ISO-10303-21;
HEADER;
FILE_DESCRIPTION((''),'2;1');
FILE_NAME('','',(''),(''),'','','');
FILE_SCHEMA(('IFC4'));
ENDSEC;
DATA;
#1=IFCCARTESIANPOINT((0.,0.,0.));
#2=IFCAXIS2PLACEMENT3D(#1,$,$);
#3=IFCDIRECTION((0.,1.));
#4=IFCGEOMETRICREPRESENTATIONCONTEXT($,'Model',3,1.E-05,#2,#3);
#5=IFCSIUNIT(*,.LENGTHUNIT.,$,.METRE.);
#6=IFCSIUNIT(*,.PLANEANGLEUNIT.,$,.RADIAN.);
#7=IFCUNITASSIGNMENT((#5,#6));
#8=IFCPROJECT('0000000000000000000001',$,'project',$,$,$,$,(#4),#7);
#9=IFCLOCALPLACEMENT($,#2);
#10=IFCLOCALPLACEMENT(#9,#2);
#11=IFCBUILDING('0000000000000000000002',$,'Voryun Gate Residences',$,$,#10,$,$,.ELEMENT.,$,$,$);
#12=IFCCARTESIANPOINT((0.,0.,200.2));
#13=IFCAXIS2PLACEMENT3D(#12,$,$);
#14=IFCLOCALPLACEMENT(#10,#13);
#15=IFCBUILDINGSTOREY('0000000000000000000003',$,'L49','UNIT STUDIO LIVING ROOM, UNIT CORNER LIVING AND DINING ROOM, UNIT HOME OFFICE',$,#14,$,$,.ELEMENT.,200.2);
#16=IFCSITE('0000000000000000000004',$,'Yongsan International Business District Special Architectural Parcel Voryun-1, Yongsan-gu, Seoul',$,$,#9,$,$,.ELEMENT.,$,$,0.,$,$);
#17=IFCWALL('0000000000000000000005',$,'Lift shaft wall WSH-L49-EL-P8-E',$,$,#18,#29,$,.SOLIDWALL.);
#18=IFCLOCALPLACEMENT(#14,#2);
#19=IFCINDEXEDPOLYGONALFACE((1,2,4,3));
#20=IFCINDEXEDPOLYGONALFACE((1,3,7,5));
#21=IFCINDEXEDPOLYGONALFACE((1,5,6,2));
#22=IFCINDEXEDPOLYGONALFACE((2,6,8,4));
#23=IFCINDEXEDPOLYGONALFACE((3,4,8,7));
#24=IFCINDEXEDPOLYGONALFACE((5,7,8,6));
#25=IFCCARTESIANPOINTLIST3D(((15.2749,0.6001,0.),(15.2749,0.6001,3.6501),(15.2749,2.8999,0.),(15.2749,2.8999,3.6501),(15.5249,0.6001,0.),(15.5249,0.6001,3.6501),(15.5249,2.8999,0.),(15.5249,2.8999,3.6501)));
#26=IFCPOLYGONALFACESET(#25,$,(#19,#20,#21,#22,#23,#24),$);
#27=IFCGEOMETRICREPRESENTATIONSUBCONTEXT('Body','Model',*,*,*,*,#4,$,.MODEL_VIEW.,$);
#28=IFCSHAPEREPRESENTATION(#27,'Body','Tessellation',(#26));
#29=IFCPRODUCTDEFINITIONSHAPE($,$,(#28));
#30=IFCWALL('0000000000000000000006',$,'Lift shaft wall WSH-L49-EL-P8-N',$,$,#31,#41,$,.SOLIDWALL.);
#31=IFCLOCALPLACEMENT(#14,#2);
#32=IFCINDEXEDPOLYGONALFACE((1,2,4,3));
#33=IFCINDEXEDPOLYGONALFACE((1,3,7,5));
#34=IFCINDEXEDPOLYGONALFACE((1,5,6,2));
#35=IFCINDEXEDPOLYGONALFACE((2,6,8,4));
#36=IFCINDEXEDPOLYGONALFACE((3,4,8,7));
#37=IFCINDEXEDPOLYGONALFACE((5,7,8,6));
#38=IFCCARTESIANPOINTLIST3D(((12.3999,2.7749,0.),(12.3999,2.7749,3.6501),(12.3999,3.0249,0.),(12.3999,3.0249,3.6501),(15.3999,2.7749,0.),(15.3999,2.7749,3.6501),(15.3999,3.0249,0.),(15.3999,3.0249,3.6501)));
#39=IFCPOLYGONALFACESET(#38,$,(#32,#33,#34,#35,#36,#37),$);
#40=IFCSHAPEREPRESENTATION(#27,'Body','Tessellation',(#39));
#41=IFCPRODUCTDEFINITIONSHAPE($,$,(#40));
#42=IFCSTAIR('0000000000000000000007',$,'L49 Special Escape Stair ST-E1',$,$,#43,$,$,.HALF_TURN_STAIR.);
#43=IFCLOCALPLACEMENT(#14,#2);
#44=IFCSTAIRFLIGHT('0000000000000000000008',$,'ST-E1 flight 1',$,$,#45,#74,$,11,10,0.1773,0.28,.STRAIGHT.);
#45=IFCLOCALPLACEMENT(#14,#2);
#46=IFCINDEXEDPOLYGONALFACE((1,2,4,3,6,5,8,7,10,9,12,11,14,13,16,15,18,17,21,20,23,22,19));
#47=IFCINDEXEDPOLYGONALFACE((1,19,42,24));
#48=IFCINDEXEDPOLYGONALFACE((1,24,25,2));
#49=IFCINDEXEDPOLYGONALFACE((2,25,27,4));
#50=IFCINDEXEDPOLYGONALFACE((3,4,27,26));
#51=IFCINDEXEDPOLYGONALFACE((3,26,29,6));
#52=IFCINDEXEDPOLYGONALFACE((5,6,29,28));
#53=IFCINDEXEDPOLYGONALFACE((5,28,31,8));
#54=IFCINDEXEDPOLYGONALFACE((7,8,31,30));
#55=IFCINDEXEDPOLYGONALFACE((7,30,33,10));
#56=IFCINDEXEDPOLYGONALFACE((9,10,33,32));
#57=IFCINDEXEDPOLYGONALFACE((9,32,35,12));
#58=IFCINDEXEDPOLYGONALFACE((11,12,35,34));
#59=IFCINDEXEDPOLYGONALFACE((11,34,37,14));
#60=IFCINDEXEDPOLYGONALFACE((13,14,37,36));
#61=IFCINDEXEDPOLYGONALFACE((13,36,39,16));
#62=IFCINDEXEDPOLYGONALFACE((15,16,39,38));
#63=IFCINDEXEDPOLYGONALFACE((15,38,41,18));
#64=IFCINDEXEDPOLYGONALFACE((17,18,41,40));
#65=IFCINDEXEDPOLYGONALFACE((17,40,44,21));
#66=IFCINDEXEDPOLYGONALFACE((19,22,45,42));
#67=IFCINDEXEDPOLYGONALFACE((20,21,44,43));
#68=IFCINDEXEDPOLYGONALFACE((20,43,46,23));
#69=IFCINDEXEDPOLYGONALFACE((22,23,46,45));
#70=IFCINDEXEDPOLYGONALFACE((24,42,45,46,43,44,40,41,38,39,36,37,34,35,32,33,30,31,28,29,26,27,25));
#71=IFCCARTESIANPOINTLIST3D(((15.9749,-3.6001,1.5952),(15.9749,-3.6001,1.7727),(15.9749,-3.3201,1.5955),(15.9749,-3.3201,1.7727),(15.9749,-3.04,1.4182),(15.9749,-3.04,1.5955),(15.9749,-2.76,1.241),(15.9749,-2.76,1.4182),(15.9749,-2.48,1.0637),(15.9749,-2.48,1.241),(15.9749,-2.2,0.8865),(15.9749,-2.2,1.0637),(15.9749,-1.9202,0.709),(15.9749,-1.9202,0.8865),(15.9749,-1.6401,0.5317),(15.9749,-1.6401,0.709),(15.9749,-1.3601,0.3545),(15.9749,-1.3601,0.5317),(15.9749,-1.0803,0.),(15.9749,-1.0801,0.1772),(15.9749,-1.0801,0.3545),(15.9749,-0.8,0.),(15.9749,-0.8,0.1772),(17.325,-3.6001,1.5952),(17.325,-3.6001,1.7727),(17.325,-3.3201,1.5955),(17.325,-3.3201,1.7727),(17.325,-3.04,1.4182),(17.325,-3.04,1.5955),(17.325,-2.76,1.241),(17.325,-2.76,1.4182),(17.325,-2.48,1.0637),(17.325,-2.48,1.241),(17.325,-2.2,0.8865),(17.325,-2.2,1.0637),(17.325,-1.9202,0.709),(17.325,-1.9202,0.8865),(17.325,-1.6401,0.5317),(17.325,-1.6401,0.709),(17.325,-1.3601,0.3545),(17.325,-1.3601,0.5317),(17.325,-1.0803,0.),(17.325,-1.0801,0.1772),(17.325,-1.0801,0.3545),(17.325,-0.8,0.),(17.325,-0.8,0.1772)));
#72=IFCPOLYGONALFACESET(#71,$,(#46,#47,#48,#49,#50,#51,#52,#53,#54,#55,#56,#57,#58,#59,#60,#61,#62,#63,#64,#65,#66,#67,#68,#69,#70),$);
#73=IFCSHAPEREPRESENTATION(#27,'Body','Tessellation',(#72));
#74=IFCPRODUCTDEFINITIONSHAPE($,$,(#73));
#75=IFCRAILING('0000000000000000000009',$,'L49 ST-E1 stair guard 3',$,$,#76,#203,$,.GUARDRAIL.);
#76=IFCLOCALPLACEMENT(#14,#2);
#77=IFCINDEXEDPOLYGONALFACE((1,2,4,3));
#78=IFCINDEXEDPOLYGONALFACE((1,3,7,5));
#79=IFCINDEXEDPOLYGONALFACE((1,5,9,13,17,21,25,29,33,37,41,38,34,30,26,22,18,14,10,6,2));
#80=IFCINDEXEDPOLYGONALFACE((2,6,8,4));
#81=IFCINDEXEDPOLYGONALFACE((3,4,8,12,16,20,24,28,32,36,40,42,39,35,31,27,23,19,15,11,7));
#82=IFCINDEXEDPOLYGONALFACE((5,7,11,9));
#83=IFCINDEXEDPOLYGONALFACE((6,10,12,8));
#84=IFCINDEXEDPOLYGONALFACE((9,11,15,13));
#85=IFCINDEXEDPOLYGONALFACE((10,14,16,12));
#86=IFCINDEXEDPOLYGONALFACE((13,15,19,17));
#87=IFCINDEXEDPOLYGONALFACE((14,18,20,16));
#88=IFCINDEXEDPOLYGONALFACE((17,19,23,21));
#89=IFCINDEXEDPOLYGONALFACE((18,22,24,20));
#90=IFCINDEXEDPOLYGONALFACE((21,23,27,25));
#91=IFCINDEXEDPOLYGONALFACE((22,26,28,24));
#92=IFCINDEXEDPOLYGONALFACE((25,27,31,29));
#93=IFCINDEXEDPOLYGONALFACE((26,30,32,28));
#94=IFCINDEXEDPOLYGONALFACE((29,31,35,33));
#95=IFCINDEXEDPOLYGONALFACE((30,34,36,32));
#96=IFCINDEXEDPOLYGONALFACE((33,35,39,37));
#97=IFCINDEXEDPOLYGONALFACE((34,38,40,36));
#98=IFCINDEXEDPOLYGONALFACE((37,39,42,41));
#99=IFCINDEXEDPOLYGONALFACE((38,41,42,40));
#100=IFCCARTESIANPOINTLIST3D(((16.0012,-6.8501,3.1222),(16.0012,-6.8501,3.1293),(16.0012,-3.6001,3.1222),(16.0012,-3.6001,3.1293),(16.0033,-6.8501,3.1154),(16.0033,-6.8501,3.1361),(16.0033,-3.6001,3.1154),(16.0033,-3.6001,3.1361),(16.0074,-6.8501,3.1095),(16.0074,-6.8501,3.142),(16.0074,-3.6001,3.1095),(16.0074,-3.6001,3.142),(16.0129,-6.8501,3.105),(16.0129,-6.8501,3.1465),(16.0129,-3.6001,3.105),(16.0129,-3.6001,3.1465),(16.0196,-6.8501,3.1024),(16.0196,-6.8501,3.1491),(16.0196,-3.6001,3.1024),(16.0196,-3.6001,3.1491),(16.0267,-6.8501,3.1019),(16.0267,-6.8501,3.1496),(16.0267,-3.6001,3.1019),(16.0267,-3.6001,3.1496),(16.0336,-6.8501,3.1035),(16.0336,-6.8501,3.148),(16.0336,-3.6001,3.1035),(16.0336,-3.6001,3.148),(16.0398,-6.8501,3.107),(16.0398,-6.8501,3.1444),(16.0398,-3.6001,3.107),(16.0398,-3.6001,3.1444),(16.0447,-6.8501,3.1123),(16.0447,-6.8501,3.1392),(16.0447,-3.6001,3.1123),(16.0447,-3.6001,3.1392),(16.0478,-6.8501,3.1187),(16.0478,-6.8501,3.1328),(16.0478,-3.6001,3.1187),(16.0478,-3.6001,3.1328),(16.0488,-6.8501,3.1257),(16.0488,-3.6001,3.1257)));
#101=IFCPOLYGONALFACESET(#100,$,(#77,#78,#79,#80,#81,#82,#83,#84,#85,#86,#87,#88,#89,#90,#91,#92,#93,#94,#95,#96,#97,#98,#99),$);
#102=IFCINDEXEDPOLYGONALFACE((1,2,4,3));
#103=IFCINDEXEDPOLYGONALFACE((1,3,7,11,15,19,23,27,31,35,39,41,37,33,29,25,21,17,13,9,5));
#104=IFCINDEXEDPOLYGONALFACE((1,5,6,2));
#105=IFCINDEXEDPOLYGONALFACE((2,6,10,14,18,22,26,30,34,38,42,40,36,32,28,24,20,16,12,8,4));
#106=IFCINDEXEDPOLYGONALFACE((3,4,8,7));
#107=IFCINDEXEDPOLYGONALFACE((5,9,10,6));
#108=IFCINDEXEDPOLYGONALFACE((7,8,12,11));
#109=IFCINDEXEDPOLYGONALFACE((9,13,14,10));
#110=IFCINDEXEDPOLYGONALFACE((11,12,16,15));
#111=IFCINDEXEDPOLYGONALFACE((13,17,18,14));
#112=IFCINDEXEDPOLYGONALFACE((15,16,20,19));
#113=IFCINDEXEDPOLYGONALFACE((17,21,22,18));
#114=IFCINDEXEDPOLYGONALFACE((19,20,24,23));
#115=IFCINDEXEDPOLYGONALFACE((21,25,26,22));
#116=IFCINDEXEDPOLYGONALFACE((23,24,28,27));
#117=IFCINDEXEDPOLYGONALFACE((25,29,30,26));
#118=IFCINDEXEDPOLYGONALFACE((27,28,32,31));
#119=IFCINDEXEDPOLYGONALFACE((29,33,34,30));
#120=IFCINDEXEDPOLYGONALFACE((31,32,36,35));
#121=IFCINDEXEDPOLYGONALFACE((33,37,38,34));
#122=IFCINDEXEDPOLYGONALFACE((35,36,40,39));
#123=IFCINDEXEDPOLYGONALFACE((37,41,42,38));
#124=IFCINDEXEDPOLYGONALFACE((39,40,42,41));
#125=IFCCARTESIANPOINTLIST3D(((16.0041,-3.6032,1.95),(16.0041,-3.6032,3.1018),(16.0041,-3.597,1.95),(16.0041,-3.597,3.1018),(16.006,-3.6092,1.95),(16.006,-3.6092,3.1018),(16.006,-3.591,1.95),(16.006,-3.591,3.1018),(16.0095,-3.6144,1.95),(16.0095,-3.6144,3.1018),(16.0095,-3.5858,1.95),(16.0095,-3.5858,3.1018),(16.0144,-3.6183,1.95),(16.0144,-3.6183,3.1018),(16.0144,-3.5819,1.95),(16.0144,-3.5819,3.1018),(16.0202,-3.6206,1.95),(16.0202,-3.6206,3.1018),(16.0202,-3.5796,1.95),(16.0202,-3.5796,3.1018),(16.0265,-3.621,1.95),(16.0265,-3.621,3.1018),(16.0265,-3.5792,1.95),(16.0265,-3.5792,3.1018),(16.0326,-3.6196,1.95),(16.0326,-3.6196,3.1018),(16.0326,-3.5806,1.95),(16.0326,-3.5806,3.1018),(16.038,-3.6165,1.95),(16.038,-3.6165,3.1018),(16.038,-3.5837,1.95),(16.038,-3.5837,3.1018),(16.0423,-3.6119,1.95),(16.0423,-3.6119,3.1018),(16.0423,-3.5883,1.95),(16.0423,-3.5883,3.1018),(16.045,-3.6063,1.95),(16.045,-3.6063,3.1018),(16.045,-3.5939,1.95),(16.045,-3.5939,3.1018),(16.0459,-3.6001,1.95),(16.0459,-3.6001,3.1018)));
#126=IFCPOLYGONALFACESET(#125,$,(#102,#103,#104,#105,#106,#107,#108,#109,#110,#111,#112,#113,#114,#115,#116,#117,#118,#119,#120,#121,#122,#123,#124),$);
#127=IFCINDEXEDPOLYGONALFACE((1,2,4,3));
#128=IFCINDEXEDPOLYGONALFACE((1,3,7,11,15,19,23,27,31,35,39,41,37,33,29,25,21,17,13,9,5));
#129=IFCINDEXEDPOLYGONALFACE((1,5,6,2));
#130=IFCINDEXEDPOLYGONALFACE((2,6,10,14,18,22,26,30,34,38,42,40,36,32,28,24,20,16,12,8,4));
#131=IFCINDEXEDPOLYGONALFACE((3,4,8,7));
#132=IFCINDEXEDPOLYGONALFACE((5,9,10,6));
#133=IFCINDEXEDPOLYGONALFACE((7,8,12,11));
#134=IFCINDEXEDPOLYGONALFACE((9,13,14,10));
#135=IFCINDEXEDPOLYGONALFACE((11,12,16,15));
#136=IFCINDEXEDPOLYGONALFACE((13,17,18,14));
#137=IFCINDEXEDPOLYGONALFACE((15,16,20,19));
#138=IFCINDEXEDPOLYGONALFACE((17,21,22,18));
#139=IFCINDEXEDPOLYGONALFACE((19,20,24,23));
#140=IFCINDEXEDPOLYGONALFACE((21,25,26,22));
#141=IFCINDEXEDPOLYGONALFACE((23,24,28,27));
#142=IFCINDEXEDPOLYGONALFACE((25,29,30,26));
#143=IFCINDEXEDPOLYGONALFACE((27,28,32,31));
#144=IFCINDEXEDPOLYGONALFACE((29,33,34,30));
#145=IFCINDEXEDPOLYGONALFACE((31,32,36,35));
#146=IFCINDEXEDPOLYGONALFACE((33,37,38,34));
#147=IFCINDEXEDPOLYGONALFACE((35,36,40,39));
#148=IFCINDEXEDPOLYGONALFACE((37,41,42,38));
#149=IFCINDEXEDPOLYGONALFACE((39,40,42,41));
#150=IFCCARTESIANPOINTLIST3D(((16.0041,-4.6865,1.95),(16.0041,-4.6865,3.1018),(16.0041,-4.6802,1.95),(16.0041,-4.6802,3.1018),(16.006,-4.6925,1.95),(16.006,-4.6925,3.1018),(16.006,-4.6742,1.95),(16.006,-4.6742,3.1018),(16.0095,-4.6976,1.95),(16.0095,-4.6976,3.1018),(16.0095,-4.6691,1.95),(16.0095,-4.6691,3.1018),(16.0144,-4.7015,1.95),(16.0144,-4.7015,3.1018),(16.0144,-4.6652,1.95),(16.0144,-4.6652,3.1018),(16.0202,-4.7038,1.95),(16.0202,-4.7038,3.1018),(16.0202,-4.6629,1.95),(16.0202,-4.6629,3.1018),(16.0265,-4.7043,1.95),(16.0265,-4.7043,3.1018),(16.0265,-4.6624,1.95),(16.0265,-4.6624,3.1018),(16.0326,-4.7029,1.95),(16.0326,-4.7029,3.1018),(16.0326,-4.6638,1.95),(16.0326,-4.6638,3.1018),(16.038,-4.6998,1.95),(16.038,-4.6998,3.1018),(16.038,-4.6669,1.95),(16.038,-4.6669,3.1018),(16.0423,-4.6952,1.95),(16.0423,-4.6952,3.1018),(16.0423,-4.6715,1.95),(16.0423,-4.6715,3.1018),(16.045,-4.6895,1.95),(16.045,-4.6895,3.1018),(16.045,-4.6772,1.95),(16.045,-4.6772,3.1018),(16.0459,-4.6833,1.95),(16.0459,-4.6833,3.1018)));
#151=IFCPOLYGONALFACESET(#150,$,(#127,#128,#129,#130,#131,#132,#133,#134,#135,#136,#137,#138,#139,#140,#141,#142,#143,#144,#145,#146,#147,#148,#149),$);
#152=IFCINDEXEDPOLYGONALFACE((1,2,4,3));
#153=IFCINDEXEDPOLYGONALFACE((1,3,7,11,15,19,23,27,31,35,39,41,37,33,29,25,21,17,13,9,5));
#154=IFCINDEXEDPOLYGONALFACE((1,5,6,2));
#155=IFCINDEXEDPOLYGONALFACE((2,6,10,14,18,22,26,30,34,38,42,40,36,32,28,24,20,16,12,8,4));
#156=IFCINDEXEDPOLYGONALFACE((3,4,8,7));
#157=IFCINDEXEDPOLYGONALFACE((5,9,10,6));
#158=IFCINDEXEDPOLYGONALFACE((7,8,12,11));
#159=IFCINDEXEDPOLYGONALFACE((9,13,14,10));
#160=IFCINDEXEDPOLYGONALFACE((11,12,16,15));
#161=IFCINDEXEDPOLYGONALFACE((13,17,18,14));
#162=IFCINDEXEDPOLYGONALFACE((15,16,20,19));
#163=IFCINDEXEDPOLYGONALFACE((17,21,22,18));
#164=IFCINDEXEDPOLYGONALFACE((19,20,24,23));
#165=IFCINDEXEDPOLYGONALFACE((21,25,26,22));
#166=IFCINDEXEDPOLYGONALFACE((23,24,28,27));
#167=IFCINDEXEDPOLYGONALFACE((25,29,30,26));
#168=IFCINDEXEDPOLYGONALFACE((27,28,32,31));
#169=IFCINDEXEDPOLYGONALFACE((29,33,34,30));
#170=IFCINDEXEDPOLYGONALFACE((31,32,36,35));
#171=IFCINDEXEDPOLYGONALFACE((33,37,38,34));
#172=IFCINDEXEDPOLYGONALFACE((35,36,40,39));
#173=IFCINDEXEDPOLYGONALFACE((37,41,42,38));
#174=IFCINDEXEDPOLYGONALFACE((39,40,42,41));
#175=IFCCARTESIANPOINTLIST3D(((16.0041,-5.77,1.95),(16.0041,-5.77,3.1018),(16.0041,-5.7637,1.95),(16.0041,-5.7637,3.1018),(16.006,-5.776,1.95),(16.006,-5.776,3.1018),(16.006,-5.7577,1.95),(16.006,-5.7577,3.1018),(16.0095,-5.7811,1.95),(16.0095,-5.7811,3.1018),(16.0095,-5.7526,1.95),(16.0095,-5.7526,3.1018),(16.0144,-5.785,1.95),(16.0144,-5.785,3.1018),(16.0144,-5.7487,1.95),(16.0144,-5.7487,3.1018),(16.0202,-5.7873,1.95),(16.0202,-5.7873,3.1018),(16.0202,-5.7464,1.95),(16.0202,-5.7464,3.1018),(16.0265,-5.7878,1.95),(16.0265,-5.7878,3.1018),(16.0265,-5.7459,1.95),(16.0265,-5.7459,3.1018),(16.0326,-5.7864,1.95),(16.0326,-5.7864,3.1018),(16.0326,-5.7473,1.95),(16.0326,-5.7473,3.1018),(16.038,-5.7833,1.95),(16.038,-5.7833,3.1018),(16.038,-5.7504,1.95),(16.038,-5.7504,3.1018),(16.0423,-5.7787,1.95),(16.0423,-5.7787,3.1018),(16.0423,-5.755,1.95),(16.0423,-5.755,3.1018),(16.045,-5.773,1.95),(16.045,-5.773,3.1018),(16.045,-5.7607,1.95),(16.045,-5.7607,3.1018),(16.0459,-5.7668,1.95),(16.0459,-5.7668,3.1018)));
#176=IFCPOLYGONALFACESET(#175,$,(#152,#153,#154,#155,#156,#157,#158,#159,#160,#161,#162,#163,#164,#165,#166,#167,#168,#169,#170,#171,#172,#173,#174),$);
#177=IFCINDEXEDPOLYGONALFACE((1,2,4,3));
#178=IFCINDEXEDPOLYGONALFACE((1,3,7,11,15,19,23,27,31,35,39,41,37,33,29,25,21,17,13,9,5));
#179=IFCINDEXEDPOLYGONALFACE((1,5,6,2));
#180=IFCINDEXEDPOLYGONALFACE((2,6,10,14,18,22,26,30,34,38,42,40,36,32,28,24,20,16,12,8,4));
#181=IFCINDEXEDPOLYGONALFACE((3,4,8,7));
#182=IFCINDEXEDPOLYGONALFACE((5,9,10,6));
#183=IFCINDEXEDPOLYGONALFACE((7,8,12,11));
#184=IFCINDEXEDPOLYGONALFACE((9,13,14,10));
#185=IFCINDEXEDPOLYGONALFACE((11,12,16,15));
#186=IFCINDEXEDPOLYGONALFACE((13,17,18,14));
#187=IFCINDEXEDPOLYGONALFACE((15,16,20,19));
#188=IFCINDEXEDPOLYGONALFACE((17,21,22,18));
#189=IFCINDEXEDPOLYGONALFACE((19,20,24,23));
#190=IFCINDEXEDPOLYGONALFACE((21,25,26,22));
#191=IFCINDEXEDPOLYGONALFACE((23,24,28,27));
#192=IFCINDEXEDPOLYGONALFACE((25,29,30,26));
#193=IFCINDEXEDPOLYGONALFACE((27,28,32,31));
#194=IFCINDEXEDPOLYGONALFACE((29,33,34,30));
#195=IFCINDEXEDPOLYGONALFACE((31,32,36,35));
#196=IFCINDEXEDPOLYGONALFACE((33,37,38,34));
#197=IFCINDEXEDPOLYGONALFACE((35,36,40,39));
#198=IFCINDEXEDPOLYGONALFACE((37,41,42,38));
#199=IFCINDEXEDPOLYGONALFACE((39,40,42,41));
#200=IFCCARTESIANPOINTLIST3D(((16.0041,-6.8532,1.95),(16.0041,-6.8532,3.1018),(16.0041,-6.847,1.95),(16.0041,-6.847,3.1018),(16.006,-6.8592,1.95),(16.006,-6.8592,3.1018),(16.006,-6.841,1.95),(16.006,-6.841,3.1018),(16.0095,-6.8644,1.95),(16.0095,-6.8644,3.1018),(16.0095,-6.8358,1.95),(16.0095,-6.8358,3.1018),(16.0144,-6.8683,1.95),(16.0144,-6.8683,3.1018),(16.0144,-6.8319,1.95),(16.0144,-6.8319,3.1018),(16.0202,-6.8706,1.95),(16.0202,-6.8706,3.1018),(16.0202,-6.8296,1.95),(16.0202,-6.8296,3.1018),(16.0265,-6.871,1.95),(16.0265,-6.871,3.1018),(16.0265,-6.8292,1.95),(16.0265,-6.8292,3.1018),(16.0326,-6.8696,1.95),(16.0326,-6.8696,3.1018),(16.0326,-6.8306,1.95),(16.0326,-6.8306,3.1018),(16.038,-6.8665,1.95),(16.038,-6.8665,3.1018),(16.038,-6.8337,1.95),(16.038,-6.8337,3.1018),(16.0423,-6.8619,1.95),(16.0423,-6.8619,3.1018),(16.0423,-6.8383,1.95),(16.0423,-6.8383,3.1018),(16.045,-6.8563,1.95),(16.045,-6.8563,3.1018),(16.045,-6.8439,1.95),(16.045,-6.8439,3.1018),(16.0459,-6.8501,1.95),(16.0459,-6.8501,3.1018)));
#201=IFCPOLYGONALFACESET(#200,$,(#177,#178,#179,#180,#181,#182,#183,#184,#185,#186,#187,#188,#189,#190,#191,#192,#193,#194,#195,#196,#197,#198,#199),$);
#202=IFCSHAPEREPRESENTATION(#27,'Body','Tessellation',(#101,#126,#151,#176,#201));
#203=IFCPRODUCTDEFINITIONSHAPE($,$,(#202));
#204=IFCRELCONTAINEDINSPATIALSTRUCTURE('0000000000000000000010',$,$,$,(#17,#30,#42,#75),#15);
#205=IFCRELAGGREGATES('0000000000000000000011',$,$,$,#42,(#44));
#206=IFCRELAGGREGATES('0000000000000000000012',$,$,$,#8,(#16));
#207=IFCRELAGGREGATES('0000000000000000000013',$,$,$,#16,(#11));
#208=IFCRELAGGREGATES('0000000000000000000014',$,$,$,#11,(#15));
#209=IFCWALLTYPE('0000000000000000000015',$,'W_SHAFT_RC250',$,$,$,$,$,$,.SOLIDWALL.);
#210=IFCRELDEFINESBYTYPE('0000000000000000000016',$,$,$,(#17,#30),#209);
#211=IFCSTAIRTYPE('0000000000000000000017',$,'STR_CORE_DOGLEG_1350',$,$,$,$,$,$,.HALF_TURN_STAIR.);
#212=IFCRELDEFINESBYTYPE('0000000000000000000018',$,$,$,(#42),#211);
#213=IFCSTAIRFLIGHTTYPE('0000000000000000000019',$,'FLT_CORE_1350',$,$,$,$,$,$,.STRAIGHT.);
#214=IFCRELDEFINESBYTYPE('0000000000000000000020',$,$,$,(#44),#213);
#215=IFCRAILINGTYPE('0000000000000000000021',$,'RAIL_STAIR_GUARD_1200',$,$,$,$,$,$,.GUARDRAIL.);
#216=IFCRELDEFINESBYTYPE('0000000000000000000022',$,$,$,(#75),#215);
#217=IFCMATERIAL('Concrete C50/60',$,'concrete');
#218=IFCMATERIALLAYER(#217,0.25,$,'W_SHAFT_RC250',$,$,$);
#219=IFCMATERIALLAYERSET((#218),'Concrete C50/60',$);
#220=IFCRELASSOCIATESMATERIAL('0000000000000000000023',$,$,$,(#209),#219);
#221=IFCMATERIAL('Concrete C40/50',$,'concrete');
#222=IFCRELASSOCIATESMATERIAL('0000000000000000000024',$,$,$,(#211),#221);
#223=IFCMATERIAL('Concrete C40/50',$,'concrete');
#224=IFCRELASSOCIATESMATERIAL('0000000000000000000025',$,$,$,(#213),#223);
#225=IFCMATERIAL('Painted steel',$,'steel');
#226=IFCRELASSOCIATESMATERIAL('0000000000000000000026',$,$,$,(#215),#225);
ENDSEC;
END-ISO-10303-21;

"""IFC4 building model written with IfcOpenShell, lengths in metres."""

from ifc_helpers import new_model, si_unit, direction, frame, frame_2d, origin, origin_2d, place, context, subcontext, project, spatial, polyline, rectangle, circle, outline, extrude, material, layer, layer_set, type_object, element, aggregate, save


model = new_model("IFC4")

# Units and contexts
model_context = context("Model", 3, precision=1e-05, world=origin(), true_north=direction((0.0, 1.0)))
body_context = subcontext(model_context, "Body", "Model", "MODEL_VIEW")
ifc_project = project(units=[si_unit("LENGTHUNIT", "METRE"), si_unit("PLANEANGLEUNIT", "RADIAN")], contexts=[model_context])

# Site, building, storey
site_placement = place(None, origin())
site = spatial("IfcSite", under=ifc_project, at=site_placement, Name="Yongsan International Business District Special Architectural Parcel Voryun-1, Yongsan-gu, Seoul", CompositionType="ELEMENT", RefElevation=0.0)
building_placement = place(site_placement, origin())
building = spatial("IfcBuilding", under=site, at=building_placement, Name="Voryun Gate Residences", CompositionType="ELEMENT")
storey_placement = place(building_placement, frame((0.0, 0.0, 200.2)))
storey = spatial("IfcBuildingStorey", under=building, at=storey_placement, Name="L49", Description="UNIT STUDIO LIVING ROOM, UNIT CORNER LIVING AND DINING ROOM, UNIT HOME OFFICE", CompositionType="ELEMENT", Elevation=200.2)

# Walls
ifc_material_1 = material(Name="Concrete C50/60", Category="concrete")
ifc_layer_1 = layer(ifc_material_1, 0.25, Name="W_SHAFT_RC250")
ifc_layer_set_1 = layer_set([ifc_layer_1], Name="Concrete C50/60")
wall_type_1 = type_object("IfcWallType", Name="W_SHAFT_RC250", PredefinedType="SOLIDWALL", material=ifc_layer_set_1)
wall_1_placement = place(storey_placement, frame((15.3999, 0.6001, 0.0), z_axis=(0.0, 0.0, 1.0), x_axis=(0.0, 1.0, 0.0)))
element("IfcWall", 1, at=wall_1_placement, inside=storey, type_object=wall_type_1, Name="Lift shaft wall WSH-L49-EL-P8-E", PredefinedType="SOLIDWALL", context=body_context, shape_type="SweptSolid", body=[
    extrude(rectangle(XDim=2.2998, YDim=0.25, at=frame_2d((1.1499, 0.0))), origin(), (0.0, 0.0, 1.0), 3.6501),
])
wall_2_placement = place(storey_placement, frame((15.3999, 2.8999, 0.0), z_axis=(0.0, 0.0, 1.0), x_axis=(-1.0, 0.0, 0.0)))
element("IfcWall", 2, at=wall_2_placement, inside=storey, type_object=wall_type_1, Name="Lift shaft wall WSH-L49-EL-P8-N", PredefinedType="SOLIDWALL", context=body_context, shape_type="SweptSolid", body=[
    extrude(rectangle(XDim=3.0, YDim=0.25, at=frame_2d((1.5, 0.0))), origin(), (0.0, 0.0, 1.0), 3.6501),
])

# Stair, stair flight
ifc_material_2 = material(Name="Concrete C40/50", Category="concrete")
stair_type = type_object("IfcStairType", Name="STR_CORE_DOGLEG_1350", PredefinedType="HALF_TURN_STAIR", material=ifc_material_2)
stair_placement = place(storey_placement, origin())
stair = element("IfcStair", 3, at=stair_placement, inside=storey, type_object=stair_type, Name="L49 Special Escape Stair ST-E1", PredefinedType="HALF_TURN_STAIR")
ifc_material_3 = material(Name="Concrete C40/50", Category="concrete")
stair_flight_type = type_object("IfcStairFlightType", Name="FLT_CORE_1350", PredefinedType="STRAIGHT", material=ifc_material_3)
stair_flight_placement = place(storey_placement, frame((16.6499, -0.8, 0.0), z_axis=(0.0, 0.0, 1.0), x_axis=(0.0, -1.0, 0.0)))
stair_flight = element("IfcStairFlight", 4, at=stair_flight_placement, type_object=stair_flight_type, Name="ST-E1 flight 1", NumberOfRisers=11, NumberOfTreads=10, PredefinedType="STRAIGHT", RiserHeight=0.1773, TreadLength=0.28, context=body_context, shape_type="SweptSolid", body=[
    extrude(outline(polyline([(0.0, 0.0), (0.0, 0.1772), (0.28, 0.1772), (0.28, 0.3545), (0.5601, 0.3545), (0.5601, 0.5317), (0.8401, 0.5317), (0.8401, 0.709), (1.1201, 0.709), (1.1201, 0.8865), (1.3999, 0.8865), (1.3999, 1.0637), (1.6799, 1.0637), (1.6799, 1.241), (1.96, 1.241), (1.96, 1.4182), (2.24, 1.4182), (2.24, 1.5955), (2.52, 1.5955), (2.52, 1.7727), (2.8, 1.7727), (2.8, 1.95), (2.8, 1.5952), (0.2803, 0.0), (0.0, 0.0)])), frame((0.0, 0.675, 0.0), z_axis=(0.0, -1.0, 0.0), x_axis=(1.0, 0.0, 0.0)), (0.0, 0.0, 1.0), 1.3501),
])
aggregate(stair, [stair_flight])

# Railing
ifc_material_4 = material(Name="Painted steel", Category="steel")
railing_type_1 = type_object("IfcRailingType", Name="RAIL_STAIR_GUARD_1200", PredefinedType="GUARDRAIL", material=ifc_material_4)
railing_1_placement = place(storey_placement, frame((16.0249, -3.6001, 1.95)))
element("IfcRailing", 5, at=railing_1_placement, inside=storey, type_object=railing_type_1, Name="L49 ST-E1 stair guard 3", PredefinedType="GUARDRAIL", context=body_context, shape_type="SweptSolid", body=[
    extrude(circle(Radius=0.0239, at=origin_2d()), frame((0.0, 0.0, 1.1758), z_axis=(0.0, -1.0, 0.0), x_axis=(1.0, 0.0, 0.0)), (0.0, 0.0, 1.0), 3.25),
    extrude(circle(Radius=0.021, at=origin_2d()), origin(), (0.0, 0.0, 1.0), 1.1519),
    extrude(circle(Radius=0.021, at=origin_2d()), frame((0.0, -1.0833, 0.0)), (0.0, 0.0, 1.0), 1.1519),
    extrude(circle(Radius=0.021, at=origin_2d()), frame((0.0, -2.1667, 0.0)), (0.0, 0.0, 1.0), 1.1519),
    extrude(circle(Radius=0.021, at=origin_2d()), frame((0.0, -3.25, 0.0)), (0.0, 0.0, 1.0), 1.1519),
])

save(model, "model.ifc")
